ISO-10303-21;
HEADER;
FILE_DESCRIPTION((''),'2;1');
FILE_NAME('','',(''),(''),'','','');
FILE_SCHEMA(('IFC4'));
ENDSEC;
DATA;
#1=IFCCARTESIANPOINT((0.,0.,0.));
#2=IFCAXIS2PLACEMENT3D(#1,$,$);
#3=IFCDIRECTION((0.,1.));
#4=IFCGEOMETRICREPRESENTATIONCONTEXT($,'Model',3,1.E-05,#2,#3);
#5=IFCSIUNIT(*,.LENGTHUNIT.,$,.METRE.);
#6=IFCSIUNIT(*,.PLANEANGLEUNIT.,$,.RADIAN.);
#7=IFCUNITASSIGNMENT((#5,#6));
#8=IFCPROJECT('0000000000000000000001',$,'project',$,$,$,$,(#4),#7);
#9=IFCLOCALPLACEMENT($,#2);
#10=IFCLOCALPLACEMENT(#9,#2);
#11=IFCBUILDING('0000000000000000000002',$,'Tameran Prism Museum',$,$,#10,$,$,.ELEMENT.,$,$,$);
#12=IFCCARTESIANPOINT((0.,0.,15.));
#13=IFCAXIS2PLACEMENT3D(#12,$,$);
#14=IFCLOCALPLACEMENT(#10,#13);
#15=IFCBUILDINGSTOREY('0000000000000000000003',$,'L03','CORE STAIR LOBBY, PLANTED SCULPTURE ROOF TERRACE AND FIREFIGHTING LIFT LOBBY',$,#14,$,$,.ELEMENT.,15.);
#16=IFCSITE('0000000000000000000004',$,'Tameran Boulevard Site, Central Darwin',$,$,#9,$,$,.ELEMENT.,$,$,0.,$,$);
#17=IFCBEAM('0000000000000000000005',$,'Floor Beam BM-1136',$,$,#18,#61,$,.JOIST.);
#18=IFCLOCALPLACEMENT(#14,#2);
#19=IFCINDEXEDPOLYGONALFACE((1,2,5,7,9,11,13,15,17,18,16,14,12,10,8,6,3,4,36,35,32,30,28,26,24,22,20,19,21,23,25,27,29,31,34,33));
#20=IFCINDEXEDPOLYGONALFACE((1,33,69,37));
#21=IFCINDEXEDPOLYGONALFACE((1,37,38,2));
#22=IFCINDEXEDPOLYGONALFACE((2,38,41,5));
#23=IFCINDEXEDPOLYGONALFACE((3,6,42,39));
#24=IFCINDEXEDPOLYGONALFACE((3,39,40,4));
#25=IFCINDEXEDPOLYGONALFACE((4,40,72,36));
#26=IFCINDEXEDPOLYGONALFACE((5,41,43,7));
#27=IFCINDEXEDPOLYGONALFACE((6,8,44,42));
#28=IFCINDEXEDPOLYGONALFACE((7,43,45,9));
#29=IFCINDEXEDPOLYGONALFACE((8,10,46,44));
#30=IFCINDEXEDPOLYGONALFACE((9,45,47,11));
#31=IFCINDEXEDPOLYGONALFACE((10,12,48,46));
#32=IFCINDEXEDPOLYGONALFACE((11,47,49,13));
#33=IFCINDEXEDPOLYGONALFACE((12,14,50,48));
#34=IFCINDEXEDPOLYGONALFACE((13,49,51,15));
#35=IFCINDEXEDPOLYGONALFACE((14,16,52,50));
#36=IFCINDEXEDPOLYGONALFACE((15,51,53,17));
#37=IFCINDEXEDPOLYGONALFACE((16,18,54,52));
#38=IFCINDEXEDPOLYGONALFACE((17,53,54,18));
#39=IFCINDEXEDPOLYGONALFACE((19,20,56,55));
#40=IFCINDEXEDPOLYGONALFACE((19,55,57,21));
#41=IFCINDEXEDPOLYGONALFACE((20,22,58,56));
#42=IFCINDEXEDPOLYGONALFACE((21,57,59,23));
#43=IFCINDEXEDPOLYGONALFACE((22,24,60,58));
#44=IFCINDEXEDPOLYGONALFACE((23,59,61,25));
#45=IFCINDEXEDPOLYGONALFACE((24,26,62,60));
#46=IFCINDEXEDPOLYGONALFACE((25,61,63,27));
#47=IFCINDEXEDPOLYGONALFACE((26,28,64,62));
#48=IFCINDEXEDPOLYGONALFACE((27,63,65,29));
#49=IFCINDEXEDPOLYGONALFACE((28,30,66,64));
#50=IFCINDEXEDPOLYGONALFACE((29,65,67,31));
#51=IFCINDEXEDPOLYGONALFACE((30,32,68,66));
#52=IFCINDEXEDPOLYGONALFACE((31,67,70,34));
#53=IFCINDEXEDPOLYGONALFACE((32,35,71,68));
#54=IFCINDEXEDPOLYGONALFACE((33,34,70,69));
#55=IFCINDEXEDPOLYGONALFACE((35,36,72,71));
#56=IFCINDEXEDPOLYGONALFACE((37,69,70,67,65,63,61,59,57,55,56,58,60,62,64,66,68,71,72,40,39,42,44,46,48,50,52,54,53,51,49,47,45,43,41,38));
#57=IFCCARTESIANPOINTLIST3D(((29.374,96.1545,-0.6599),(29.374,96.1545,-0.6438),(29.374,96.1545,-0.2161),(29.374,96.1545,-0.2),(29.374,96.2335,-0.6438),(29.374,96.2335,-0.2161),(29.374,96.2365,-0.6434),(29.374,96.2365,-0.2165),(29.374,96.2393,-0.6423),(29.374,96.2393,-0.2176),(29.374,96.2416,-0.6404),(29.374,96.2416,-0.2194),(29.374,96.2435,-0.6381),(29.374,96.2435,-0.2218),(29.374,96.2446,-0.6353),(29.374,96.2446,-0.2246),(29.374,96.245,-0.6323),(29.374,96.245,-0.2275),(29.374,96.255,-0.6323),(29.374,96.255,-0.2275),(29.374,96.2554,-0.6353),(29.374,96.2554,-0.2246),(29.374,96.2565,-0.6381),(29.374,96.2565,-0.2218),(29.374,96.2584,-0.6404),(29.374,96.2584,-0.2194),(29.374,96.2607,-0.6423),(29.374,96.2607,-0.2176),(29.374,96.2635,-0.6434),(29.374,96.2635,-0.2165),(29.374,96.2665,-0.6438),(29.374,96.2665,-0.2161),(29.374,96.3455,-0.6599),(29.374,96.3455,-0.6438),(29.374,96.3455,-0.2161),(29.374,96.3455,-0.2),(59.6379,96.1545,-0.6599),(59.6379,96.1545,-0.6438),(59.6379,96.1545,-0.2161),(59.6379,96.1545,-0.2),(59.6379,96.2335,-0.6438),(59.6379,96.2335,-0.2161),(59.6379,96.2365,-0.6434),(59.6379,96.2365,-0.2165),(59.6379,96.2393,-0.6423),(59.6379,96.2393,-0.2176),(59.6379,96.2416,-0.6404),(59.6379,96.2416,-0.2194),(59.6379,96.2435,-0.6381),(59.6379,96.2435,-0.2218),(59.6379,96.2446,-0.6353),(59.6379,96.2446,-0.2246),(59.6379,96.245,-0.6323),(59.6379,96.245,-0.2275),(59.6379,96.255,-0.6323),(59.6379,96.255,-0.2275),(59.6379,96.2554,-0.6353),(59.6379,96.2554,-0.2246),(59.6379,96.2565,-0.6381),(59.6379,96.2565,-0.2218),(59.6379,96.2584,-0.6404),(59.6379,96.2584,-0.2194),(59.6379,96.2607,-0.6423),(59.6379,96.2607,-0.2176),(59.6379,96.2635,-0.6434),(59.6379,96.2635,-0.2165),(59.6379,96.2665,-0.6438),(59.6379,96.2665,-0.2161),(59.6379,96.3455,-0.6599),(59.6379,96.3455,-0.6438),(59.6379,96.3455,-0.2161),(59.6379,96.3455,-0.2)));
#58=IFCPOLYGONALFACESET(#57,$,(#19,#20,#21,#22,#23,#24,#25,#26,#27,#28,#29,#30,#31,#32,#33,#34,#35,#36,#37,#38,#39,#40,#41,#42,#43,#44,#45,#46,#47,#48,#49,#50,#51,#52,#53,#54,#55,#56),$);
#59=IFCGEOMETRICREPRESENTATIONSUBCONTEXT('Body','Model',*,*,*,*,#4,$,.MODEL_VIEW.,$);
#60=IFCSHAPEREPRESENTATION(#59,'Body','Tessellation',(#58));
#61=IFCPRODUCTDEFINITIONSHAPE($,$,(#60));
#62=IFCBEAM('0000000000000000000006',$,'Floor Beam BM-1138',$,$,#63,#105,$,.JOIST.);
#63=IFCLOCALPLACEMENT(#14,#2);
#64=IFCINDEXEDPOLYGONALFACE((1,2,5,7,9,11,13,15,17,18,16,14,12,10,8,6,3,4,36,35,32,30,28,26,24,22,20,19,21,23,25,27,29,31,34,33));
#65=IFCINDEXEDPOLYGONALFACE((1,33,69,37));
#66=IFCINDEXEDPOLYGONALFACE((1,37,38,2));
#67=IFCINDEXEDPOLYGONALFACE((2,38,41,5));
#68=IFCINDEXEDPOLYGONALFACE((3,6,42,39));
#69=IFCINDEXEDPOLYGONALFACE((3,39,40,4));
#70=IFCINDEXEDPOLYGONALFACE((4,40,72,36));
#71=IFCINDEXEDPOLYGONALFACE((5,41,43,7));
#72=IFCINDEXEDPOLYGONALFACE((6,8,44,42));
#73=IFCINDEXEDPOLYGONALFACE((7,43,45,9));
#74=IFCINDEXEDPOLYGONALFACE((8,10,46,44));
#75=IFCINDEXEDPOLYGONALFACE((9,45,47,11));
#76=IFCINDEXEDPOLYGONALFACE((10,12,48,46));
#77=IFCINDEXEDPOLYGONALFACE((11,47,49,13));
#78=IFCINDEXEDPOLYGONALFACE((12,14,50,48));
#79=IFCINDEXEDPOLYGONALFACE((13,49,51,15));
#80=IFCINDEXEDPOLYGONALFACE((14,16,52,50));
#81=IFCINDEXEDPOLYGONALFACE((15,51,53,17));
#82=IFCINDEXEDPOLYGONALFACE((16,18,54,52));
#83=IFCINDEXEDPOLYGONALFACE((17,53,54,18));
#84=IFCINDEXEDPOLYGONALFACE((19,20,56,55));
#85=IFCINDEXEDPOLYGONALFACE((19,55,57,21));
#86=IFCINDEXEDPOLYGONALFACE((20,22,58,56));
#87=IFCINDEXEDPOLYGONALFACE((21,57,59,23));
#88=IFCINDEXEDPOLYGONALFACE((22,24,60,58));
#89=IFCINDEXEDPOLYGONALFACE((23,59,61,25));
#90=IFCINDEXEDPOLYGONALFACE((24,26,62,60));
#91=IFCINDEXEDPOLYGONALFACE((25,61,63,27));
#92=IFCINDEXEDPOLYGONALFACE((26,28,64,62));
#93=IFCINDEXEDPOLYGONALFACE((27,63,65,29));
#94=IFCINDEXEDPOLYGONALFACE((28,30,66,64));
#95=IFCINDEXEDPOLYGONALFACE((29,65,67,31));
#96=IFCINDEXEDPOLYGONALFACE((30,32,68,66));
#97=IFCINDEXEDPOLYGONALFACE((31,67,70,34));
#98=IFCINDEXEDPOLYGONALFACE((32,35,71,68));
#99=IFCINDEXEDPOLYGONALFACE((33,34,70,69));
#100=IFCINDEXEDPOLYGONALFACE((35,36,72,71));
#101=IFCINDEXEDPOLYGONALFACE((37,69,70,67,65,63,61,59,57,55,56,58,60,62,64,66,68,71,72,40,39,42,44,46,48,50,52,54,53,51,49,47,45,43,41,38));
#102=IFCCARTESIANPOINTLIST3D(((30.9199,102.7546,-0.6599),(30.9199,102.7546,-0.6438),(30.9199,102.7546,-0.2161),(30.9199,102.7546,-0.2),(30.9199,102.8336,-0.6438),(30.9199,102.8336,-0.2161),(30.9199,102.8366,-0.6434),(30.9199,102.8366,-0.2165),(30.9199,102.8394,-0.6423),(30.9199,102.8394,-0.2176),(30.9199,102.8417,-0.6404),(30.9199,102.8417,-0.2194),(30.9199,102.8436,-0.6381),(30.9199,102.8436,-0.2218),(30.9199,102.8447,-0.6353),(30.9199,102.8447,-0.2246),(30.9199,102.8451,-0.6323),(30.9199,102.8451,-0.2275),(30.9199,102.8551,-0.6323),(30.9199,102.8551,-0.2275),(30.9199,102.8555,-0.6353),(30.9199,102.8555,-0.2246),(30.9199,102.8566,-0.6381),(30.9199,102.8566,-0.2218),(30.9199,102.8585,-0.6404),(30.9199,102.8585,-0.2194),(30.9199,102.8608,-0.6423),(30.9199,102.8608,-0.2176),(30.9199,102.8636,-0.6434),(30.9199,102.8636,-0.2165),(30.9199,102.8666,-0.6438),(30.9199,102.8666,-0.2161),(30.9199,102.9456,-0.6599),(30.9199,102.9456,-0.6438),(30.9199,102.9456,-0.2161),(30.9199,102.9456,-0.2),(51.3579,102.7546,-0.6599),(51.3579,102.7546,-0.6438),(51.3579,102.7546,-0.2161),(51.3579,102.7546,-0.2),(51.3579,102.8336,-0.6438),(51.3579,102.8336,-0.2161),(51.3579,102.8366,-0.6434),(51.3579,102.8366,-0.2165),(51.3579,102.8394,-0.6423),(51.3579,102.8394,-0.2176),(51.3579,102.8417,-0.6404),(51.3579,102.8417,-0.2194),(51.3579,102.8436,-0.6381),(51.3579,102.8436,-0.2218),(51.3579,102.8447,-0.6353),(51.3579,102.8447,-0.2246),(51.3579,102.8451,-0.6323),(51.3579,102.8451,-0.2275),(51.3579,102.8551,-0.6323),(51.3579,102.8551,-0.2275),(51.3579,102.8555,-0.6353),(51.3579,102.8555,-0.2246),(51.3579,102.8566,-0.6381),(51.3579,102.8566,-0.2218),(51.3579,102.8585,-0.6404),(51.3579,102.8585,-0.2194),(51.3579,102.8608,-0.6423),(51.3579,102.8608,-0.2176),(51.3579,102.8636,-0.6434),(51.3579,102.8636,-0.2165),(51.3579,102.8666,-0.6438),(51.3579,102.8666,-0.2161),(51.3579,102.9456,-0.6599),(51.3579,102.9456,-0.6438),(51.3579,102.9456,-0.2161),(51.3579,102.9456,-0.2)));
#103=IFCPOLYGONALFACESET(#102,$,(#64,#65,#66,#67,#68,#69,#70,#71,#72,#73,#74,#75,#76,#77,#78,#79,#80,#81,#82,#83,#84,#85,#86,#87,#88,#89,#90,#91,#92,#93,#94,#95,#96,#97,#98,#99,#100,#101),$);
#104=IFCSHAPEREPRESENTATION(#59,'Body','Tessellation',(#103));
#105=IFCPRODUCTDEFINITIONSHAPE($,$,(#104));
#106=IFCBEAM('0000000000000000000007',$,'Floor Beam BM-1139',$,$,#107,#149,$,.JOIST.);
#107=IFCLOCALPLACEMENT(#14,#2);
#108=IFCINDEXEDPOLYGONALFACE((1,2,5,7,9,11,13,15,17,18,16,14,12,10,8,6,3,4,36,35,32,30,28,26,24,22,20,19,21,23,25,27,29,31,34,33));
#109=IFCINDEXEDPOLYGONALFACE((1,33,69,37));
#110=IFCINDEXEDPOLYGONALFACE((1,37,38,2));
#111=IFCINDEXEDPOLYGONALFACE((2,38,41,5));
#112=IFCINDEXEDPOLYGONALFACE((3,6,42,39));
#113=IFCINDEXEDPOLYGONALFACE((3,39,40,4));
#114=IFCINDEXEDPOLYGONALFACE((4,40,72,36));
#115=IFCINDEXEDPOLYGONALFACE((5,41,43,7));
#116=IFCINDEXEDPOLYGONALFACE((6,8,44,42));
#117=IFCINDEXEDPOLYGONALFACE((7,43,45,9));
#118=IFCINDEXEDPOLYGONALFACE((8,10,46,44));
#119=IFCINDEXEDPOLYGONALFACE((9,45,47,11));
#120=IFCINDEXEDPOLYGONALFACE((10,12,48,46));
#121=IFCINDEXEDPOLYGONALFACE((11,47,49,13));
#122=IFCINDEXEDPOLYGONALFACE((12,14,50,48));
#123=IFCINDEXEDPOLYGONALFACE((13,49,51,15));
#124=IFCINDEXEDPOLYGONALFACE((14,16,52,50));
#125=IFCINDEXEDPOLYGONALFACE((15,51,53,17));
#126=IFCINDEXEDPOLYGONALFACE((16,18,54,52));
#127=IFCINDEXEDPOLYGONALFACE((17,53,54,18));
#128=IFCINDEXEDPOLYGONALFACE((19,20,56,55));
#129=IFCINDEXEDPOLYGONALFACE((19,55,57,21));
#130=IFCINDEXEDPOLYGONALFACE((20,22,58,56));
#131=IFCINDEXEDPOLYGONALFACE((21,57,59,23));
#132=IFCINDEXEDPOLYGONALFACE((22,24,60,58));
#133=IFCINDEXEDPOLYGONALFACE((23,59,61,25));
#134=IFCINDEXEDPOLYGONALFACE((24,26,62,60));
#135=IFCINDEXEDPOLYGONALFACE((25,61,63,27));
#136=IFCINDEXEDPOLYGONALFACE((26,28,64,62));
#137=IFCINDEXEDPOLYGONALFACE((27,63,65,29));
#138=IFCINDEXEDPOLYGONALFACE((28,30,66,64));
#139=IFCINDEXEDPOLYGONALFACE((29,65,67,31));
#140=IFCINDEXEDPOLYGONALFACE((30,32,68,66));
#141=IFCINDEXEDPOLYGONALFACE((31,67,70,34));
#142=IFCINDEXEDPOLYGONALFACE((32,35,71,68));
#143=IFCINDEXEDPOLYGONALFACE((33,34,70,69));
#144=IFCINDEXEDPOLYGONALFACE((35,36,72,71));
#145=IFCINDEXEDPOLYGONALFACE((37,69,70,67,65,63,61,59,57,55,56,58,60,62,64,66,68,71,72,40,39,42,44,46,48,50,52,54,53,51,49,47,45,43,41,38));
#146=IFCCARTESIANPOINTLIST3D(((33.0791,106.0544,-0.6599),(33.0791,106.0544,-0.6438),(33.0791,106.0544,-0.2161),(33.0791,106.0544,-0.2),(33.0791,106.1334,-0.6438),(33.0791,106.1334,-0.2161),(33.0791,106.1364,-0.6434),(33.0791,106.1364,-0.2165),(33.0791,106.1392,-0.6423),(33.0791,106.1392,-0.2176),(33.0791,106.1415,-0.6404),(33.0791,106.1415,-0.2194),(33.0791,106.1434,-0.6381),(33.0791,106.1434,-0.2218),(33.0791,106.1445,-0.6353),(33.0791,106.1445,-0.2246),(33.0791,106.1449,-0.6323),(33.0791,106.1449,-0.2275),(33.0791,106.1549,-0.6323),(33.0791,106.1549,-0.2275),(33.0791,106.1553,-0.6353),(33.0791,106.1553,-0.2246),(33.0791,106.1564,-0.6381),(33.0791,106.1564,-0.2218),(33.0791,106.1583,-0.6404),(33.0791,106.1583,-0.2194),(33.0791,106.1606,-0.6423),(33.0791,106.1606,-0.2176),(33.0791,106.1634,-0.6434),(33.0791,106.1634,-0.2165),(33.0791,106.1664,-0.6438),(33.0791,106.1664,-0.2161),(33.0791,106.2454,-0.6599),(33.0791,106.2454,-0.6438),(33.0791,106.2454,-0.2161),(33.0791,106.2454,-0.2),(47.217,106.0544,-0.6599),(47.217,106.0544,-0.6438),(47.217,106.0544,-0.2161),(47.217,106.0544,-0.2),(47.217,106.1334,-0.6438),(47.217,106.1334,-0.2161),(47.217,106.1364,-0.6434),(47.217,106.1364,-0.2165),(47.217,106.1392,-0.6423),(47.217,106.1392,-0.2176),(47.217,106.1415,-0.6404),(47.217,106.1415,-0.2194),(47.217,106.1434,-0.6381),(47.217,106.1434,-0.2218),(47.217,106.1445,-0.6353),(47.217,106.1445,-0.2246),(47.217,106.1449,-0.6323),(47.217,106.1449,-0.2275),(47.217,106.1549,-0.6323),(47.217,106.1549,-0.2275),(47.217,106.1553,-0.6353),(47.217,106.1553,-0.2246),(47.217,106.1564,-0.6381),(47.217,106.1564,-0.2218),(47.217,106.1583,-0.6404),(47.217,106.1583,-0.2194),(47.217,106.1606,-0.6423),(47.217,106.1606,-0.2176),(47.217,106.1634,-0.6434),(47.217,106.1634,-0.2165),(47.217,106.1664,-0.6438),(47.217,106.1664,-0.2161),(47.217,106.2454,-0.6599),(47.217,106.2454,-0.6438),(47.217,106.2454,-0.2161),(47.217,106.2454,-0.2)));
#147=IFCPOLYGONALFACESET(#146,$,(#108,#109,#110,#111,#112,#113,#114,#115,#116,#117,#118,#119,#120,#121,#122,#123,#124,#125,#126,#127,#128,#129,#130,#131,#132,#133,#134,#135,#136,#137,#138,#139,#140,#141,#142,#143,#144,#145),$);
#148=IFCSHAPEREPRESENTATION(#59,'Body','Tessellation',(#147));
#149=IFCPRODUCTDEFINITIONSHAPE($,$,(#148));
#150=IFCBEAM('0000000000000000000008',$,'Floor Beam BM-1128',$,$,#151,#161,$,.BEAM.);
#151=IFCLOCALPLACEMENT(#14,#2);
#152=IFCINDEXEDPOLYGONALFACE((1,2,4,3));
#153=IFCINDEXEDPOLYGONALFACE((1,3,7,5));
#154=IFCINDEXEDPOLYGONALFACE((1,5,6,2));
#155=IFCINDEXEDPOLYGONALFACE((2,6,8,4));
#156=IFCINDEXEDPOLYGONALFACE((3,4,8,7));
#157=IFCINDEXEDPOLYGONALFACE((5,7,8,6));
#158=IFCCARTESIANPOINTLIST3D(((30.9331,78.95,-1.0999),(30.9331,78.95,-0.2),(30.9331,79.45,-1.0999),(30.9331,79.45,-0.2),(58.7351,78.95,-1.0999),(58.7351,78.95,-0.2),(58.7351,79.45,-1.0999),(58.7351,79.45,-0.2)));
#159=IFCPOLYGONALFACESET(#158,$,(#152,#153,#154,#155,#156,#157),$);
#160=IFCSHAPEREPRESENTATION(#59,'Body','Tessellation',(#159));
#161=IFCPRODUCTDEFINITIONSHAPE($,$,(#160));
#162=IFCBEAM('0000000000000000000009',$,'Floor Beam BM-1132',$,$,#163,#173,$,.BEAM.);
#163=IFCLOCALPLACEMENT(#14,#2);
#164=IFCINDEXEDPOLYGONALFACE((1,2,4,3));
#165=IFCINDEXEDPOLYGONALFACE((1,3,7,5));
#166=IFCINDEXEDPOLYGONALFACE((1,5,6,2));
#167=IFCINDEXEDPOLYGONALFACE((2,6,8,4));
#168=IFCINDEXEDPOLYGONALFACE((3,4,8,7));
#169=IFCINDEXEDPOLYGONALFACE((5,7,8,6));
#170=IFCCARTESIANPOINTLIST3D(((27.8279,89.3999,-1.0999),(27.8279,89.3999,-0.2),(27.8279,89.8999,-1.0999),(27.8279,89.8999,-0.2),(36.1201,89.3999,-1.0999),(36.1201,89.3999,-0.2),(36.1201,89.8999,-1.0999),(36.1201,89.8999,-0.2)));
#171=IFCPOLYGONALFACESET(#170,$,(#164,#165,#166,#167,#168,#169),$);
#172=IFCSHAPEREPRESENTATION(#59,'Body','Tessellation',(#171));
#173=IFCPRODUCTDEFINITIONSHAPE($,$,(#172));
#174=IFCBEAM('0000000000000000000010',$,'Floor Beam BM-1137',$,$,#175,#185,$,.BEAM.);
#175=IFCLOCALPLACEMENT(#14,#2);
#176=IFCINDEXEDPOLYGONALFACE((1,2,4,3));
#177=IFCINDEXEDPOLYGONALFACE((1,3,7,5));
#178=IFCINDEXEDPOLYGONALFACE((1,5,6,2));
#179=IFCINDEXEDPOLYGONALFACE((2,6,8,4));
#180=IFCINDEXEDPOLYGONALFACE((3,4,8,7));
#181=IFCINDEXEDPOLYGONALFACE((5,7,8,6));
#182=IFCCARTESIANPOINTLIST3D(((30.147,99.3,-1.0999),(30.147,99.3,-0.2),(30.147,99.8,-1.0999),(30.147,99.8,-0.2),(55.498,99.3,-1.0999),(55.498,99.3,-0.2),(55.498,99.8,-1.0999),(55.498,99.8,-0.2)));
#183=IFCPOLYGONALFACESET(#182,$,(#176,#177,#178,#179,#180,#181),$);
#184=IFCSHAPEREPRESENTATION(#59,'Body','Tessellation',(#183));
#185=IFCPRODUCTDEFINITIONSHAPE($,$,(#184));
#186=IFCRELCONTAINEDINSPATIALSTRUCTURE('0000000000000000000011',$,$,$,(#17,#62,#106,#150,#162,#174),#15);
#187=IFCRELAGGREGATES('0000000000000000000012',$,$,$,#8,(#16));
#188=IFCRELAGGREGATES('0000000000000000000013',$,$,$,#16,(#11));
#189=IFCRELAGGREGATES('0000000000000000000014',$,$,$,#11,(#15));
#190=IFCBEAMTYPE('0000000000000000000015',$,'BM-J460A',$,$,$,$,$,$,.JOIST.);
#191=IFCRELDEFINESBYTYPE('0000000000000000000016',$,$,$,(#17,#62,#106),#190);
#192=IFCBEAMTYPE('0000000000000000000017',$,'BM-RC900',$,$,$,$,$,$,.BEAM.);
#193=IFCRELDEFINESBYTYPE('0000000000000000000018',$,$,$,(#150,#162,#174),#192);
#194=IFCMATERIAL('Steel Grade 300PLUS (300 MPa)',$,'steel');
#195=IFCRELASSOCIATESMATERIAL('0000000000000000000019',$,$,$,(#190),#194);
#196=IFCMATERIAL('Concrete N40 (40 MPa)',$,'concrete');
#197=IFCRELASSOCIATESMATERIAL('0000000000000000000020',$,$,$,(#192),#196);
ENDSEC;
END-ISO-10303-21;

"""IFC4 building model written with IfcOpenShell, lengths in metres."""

from ifc_helpers import new_model, si_unit, direction, frame, origin, origin_2d, place, context, subcontext, project, spatial, rectangle, i_section, extrude, material, material_profile, profile_set, type_object, element, save


model = new_model("IFC4")

# Units and contexts
model_context = context("Model", 3, precision=1e-05, world=origin(), true_north=direction((0.0, 1.0)))
body_context = subcontext(model_context, "Body", "Model", "MODEL_VIEW")
ifc_project = project(units=[si_unit("LENGTHUNIT", "METRE"), si_unit("PLANEANGLEUNIT", "RADIAN")], contexts=[model_context])

# Site, building, storey
site_placement = place(None, origin())
site = spatial("IfcSite", under=ifc_project, at=site_placement, Name="Tameran Boulevard Site, Central Darwin", CompositionType="ELEMENT", RefElevation=0.0)
building_placement = place(site_placement, origin())
building = spatial("IfcBuilding", under=site, at=building_placement, Name="Tameran Prism Museum", CompositionType="ELEMENT")
storey_placement = place(building_placement, frame((0.0, 0.0, 15.0)))
storey = spatial("IfcBuildingStorey", under=building, at=storey_placement, Name="L03", Description="CORE STAIR LOBBY, PLANTED SCULPTURE ROOF TERRACE AND FIREFIGHTING LIFT LOBBY", CompositionType="ELEMENT", Elevation=15.0)

# Beams
ifc_material_1 = material(Name="Steel Grade 300PLUS (300 MPa)", Category="steel")
ifc_material_profile_1 = material_profile(ifc_material_1, i_section(OverallWidth=0.1909, OverallDepth=0.46, WebThickness=0.01, FlangeThickness=0.0161, FilletRadius=0.0115, at=origin_2d()))
ifc_profile_set_1 = profile_set([ifc_material_profile_1])
beam_type_1 = type_object("IfcBeamType", Name="BM-J460A", PredefinedType="JOIST", material=ifc_profile_set_1)
beam_1_placement = place(storey_placement, frame((29.374, 96.25, -0.4299), z_axis=(1.0, 0.0, 0.0), x_axis=(0.0, 1.0, 0.0)))
element("IfcBeam", 1, at=beam_1_placement, inside=storey, type_object=beam_type_1, Name="Floor Beam BM-1136", PredefinedType="JOIST", context=body_context, shape_type="SweptSolid", body=[
    extrude(i_section(OverallWidth=0.1909, OverallDepth=0.46, WebThickness=0.01, FlangeThickness=0.0161, FilletRadius=0.0115, at=origin_2d()), origin(), (0.0, 0.0, 1.0), 30.2639),
])
beam_2_placement = place(storey_placement, frame((30.9199, 102.8501, -0.4299), z_axis=(1.0, 0.0, 0.0), x_axis=(0.0, 1.0, 0.0)))
element("IfcBeam", 2, at=beam_2_placement, inside=storey, type_object=beam_type_1, Name="Floor Beam BM-1138", PredefinedType="JOIST", context=body_context, shape_type="SweptSolid", body=[
    extrude(i_section(OverallWidth=0.1909, OverallDepth=0.46, WebThickness=0.01, FlangeThickness=0.0161, FilletRadius=0.0115, at=origin_2d()), origin(), (0.0, 0.0, 1.0), 20.438),
])
beam_3_placement = place(storey_placement, frame((33.0791, 106.1499, -0.4299), z_axis=(1.0, 0.0, 0.0), x_axis=(0.0, 1.0, 0.0)))
element("IfcBeam", 3, at=beam_3_placement, inside=storey, type_object=beam_type_1, Name="Floor Beam BM-1139", PredefinedType="JOIST", context=body_context, shape_type="SweptSolid", body=[
    extrude(i_section(OverallWidth=0.1909, OverallDepth=0.46, WebThickness=0.01, FlangeThickness=0.0161, FilletRadius=0.0115, at=origin_2d()), origin(), (0.0, 0.0, 1.0), 14.1379),
])
ifc_material_2 = material(Name="Concrete N40 (40 MPa)", Category="concrete")
ifc_material_profile_2 = material_profile(ifc_material_2, rectangle(XDim=0.5, YDim=0.8999, at=origin_2d()))
ifc_profile_set_2 = profile_set([ifc_material_profile_2])
beam_type_2 = type_object("IfcBeamType", Name="BM-RC900", PredefinedType="BEAM", material=ifc_profile_set_2)
beam_4_placement = place(storey_placement, frame((30.9331, 79.2, -0.6499), z_axis=(1.0, 0.0, 0.0), x_axis=(0.0, 1.0, 0.0)))
element("IfcBeam", 4, at=beam_4_placement, inside=storey, type_object=beam_type_2, Name="Floor Beam BM-1128", PredefinedType="BEAM", context=body_context, shape_type="SweptSolid", body=[
    extrude(rectangle(XDim=0.5, YDim=0.8999, at=origin_2d()), origin(), (0.0, 0.0, 1.0), 27.802),
])
beam_5_placement = place(storey_placement, frame((27.8279, 89.6499, -0.6499), z_axis=(1.0, 0.0, 0.0), x_axis=(0.0, 1.0, 0.0)))
element("IfcBeam", 5, at=beam_5_placement, inside=storey, type_object=beam_type_2, Name="Floor Beam BM-1132", PredefinedType="BEAM", context=body_context, shape_type="SweptSolid", body=[
    extrude(rectangle(XDim=0.5, YDim=0.8999, at=origin_2d()), origin(), (0.0, 0.0, 1.0), 8.2922),
])
beam_6_placement = place(storey_placement, frame((30.147, 99.55, -0.6499), z_axis=(1.0, 0.0, 0.0), x_axis=(0.0, 1.0, 0.0)))
element("IfcBeam", 6, at=beam_6_placement, inside=storey, type_object=beam_type_2, Name="Floor Beam BM-1137", PredefinedType="BEAM", context=body_context, shape_type="SweptSolid", body=[
    extrude(rectangle(XDim=0.5, YDim=0.8999, at=origin_2d()), origin(), (0.0, 0.0, 1.0), 25.3511),
])

save(model, "model.ifc")
